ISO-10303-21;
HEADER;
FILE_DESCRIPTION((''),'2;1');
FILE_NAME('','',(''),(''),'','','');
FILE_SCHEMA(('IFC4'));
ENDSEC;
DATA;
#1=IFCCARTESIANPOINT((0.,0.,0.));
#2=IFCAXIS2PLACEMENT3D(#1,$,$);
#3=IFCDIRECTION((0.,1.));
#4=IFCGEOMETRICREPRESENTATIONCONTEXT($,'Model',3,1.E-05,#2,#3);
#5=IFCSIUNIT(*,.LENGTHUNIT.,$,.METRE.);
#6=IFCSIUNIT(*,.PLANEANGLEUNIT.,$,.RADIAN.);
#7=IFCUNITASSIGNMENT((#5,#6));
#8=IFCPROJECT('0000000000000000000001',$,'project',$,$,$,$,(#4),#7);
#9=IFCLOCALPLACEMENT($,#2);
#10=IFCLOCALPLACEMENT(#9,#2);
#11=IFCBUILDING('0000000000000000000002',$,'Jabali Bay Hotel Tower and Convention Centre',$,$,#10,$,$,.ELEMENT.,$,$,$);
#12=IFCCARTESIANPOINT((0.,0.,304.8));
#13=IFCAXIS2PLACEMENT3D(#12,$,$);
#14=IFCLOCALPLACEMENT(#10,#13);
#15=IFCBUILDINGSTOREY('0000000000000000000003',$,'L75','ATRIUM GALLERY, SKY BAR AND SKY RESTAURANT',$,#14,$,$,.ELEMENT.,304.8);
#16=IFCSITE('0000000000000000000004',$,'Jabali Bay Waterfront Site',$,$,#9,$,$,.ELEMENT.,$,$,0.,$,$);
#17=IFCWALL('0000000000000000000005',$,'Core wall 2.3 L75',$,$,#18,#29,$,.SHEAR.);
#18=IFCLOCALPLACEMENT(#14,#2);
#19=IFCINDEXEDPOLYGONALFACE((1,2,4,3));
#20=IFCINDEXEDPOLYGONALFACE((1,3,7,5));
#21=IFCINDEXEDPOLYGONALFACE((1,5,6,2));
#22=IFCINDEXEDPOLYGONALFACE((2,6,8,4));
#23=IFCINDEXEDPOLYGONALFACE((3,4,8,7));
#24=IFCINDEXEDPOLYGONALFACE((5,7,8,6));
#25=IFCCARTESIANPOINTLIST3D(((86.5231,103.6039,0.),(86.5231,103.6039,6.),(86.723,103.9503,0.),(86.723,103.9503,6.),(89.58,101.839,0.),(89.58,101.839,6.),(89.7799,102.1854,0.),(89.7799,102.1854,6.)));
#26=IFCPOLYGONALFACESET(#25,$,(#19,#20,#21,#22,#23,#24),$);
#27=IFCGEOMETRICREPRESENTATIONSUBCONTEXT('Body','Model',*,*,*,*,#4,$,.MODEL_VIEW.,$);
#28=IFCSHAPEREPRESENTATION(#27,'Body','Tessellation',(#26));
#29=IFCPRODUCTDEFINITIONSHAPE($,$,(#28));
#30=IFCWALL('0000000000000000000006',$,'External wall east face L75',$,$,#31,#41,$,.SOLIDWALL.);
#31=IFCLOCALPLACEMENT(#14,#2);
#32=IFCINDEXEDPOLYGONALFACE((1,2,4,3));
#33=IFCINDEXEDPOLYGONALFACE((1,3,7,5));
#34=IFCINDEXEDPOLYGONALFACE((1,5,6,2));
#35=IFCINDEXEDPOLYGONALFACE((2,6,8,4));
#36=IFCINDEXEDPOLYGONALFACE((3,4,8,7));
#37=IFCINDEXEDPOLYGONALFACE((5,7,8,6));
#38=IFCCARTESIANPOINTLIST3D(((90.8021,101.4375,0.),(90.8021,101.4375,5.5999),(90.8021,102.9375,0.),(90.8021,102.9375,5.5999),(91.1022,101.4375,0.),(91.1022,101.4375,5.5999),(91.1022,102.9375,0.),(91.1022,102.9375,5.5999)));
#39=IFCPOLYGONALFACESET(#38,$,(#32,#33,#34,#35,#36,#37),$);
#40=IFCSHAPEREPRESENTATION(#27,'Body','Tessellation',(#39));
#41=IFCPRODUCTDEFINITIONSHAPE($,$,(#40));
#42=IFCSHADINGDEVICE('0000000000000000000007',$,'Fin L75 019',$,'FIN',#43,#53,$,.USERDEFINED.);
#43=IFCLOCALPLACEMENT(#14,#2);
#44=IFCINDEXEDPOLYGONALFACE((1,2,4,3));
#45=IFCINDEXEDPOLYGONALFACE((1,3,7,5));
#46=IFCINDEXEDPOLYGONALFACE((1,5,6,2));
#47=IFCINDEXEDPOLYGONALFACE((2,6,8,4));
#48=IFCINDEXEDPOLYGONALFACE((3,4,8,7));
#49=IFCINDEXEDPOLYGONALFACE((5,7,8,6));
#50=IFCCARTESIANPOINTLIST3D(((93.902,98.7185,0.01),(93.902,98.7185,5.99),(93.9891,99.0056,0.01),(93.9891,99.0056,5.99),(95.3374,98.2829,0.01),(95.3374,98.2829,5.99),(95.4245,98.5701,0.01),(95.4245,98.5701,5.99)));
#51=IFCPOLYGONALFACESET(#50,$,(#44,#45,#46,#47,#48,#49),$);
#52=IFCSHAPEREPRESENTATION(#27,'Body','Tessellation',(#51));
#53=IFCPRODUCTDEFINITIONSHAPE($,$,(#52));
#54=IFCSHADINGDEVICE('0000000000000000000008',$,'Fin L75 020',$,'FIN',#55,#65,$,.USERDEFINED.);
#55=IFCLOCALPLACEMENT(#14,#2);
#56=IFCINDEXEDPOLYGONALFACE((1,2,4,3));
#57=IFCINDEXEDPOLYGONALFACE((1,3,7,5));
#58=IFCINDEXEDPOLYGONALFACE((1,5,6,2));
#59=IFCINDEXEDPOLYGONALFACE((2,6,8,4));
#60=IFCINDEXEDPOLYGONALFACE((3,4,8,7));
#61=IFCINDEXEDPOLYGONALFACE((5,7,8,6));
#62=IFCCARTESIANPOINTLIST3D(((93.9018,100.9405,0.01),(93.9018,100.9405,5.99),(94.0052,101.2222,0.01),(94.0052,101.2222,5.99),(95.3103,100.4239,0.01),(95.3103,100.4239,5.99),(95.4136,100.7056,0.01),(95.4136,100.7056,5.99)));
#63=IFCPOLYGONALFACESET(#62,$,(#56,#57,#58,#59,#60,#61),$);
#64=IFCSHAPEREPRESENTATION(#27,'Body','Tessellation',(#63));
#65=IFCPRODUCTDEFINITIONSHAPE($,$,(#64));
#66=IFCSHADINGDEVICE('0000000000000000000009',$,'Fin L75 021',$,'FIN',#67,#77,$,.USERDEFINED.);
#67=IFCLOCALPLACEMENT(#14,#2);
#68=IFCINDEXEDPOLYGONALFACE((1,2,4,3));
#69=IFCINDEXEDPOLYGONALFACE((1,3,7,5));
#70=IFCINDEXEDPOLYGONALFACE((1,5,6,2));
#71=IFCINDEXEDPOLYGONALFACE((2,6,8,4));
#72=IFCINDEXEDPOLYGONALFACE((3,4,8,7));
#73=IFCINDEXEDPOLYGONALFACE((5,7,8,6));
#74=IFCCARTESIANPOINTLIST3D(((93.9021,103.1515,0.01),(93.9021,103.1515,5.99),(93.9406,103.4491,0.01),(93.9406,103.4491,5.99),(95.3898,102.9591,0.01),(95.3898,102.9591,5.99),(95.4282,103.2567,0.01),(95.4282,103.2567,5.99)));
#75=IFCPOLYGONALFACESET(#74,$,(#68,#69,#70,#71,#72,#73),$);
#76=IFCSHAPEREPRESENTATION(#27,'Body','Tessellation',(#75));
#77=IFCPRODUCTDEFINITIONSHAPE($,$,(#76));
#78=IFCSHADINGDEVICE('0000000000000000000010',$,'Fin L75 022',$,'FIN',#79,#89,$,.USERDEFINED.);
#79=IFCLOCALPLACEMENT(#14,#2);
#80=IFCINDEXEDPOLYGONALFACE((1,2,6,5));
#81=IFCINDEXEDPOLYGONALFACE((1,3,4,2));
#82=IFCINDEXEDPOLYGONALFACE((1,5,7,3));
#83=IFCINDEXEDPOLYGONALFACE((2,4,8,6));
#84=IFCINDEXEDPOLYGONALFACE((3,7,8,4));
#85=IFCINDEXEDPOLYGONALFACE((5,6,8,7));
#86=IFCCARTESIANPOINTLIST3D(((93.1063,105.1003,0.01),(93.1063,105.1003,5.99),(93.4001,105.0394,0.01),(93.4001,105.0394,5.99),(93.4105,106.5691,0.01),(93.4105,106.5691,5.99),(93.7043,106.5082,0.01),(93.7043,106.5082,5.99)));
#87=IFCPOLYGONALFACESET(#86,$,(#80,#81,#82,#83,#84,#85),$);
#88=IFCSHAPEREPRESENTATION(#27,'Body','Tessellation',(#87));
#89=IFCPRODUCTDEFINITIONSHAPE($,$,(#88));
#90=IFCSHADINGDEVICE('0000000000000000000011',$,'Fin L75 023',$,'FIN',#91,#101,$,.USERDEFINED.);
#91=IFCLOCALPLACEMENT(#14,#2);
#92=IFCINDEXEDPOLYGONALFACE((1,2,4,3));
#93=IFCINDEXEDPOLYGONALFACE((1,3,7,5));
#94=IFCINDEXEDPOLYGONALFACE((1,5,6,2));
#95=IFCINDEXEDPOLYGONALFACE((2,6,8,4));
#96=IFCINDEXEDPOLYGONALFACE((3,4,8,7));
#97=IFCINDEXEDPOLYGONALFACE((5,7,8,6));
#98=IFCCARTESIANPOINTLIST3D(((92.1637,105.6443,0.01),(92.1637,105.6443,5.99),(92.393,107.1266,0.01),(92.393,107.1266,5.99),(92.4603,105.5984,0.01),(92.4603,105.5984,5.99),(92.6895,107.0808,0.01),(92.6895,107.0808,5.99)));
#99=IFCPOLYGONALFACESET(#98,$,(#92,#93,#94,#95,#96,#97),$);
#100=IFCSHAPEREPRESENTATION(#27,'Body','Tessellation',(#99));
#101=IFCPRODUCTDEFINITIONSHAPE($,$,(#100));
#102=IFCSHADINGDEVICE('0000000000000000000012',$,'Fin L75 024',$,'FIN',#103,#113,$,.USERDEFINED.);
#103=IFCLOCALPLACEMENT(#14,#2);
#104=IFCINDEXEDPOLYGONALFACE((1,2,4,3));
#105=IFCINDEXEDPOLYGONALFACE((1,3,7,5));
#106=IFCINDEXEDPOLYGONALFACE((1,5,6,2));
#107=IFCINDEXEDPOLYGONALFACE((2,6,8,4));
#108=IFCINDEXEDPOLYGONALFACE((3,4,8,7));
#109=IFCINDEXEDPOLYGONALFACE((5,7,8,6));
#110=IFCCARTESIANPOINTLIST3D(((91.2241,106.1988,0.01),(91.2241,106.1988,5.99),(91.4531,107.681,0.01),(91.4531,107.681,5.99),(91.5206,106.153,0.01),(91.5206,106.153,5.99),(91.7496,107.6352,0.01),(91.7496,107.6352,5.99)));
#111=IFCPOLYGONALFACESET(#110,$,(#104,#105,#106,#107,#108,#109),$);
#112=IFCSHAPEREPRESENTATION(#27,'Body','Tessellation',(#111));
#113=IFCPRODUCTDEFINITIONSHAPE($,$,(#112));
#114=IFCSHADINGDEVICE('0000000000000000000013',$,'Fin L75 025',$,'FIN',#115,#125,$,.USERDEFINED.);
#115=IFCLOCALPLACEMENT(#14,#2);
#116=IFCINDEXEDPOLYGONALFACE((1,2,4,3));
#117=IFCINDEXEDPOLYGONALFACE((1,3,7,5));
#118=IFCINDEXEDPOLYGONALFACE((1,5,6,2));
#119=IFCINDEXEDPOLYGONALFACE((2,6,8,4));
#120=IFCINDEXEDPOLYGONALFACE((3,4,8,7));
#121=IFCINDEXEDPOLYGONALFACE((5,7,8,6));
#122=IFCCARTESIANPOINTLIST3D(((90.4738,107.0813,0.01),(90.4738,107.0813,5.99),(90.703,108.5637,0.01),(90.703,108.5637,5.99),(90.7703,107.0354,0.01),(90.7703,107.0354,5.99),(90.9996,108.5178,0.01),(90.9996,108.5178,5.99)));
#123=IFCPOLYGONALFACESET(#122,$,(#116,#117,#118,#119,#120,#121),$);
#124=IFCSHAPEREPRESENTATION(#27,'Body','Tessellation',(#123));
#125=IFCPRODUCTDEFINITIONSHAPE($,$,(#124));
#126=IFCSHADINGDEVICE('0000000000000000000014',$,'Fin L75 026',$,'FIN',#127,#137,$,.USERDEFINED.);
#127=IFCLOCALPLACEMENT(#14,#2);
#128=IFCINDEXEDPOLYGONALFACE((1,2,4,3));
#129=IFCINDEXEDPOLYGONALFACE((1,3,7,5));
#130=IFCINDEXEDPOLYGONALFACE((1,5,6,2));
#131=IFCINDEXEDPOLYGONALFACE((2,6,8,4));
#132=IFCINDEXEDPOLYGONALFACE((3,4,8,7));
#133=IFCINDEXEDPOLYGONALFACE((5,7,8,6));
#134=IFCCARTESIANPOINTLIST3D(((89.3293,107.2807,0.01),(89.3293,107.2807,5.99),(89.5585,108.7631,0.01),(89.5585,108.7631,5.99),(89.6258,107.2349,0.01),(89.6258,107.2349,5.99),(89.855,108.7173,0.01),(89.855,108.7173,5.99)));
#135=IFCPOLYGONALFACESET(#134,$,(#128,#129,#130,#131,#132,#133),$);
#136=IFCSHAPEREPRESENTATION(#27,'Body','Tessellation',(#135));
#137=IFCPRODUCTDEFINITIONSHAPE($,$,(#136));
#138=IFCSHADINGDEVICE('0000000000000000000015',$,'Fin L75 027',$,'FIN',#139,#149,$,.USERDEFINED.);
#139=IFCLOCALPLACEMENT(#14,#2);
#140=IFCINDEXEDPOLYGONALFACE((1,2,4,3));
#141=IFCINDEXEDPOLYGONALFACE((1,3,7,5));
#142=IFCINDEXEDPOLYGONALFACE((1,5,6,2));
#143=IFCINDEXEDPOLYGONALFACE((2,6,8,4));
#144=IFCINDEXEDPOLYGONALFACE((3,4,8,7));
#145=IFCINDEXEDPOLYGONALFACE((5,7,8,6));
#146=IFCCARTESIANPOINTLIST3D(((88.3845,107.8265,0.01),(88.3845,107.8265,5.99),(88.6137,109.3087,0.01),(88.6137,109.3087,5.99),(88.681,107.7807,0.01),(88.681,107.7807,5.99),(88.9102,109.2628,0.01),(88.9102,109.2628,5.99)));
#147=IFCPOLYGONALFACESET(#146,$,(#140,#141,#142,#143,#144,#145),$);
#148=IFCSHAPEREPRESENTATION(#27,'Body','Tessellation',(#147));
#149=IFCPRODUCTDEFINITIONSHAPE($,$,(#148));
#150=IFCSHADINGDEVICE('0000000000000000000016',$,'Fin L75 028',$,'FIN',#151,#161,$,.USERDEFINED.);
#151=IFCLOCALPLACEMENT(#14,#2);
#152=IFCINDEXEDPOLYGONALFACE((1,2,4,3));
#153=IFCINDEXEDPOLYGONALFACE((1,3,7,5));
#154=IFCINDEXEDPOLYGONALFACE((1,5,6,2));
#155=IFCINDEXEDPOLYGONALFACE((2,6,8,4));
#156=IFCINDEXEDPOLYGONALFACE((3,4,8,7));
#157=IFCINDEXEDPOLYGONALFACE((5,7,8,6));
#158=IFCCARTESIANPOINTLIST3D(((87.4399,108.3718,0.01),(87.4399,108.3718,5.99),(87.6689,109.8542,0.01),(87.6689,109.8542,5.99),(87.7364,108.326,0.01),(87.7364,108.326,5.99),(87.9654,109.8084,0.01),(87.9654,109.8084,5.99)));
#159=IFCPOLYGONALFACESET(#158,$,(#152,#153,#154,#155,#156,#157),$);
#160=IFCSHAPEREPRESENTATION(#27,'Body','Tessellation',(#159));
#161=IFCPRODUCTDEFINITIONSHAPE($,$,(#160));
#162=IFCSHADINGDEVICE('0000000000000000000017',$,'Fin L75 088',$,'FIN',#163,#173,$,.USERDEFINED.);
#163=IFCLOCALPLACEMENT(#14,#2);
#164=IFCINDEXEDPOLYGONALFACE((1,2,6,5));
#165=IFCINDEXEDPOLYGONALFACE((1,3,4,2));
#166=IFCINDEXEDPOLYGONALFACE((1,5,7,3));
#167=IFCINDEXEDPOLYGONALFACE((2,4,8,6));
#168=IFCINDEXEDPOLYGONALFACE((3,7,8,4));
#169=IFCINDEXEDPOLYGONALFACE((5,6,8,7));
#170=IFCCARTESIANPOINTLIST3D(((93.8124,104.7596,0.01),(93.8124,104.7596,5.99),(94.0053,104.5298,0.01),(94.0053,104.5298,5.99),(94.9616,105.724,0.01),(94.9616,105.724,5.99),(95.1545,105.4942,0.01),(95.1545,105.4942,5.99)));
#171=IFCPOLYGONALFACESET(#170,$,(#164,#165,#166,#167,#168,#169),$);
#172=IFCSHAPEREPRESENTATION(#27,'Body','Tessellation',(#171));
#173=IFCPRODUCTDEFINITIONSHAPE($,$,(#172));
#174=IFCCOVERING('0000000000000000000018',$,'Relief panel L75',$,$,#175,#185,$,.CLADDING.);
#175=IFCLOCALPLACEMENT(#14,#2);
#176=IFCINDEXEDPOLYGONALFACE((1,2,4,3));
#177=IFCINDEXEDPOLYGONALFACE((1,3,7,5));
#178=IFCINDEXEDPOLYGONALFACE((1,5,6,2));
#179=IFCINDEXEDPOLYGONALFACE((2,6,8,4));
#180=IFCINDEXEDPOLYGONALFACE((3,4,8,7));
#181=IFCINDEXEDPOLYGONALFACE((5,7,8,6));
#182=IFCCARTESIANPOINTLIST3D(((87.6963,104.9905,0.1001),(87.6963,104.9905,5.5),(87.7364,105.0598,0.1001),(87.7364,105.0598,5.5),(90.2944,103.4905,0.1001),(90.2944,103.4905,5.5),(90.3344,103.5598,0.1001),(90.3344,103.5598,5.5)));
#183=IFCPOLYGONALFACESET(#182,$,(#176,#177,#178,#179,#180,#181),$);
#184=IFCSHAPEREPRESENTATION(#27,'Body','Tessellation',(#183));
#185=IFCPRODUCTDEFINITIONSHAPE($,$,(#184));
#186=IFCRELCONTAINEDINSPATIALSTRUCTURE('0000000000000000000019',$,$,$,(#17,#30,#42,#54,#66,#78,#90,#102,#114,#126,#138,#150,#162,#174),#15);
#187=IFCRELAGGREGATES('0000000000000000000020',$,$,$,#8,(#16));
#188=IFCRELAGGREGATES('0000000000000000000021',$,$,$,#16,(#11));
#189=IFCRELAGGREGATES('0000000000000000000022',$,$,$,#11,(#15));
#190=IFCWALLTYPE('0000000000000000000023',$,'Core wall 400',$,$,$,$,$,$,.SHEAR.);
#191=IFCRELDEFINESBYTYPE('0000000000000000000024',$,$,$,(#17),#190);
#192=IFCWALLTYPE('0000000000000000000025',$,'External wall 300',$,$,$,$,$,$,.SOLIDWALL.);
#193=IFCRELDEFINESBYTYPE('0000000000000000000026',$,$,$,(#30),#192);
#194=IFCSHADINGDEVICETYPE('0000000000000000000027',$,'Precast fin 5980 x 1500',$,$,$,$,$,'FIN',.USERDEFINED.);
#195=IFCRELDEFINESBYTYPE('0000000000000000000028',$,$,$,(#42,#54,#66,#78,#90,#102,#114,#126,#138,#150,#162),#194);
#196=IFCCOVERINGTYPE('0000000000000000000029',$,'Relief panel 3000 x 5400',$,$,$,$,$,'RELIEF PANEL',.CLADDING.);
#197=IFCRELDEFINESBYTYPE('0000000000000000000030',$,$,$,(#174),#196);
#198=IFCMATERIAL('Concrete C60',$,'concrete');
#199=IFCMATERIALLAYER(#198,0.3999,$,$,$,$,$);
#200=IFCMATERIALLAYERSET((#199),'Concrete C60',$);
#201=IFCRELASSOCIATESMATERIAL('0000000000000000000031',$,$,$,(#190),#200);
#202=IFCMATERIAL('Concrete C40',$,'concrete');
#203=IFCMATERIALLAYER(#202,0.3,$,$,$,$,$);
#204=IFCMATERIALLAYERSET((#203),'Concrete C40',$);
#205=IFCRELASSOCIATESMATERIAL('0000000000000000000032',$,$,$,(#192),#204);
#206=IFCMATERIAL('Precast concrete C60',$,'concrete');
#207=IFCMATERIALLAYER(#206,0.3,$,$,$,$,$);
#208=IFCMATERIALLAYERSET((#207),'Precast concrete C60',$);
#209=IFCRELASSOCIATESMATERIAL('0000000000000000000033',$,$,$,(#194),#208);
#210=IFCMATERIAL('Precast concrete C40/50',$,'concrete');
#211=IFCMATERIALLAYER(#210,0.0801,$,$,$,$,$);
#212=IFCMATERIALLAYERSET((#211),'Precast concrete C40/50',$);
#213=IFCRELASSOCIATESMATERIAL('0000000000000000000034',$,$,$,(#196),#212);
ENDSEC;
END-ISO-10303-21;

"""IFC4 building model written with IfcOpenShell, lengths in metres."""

from ifc_helpers import new_model, si_unit, direction, frame, frame_2d, origin, origin_2d, place, context, subcontext, project, spatial, rectangle, extrude, material, layer, layer_set, type_object, element, save


model = new_model("IFC4")

# Units and contexts
model_context = context("Model", 3, precision=1e-05, world=origin(), true_north=direction((0.0, 1.0)))
body_context = subcontext(model_context, "Body", "Model", "MODEL_VIEW")
ifc_project = project(units=[si_unit("LENGTHUNIT", "METRE"), si_unit("PLANEANGLEUNIT", "RADIAN")], contexts=[model_context])

# Site, building, storey
site_placement = place(None, origin())
site = spatial("IfcSite", under=ifc_project, at=site_placement, Name="Jabali Bay Waterfront Site", CompositionType="ELEMENT", RefElevation=0.0)
building_placement = place(site_placement, origin())
building = spatial("IfcBuilding", under=site, at=building_placement, Name="Jabali Bay Hotel Tower and Convention Centre", CompositionType="ELEMENT")
storey_placement = place(building_placement, frame((0.0, 0.0, 304.8)))
storey = spatial("IfcBuildingStorey", under=building, at=storey_placement, Name="L75", Description="ATRIUM GALLERY, SKY BAR AND SKY RESTAURANT", CompositionType="ELEMENT", Elevation=304.8)

# Shared definitions
ifc_material_1 = material(Name="Concrete C60", Category="concrete")

# Walls
ifc_material_2 = material(Name="Concrete C40", Category="concrete")
ifc_layer_1 = layer(ifc_material_1, 0.3999)
ifc_layer_set_1 = layer_set([ifc_layer_1], Name="Concrete C60")
wall_type_1 = type_object("IfcWallType", Name="Core wall 400", PredefinedType="SHEAR", material=ifc_layer_set_1)
wall_1_placement = place(storey_placement, frame((89.6799, 102.0122, 0.0), z_axis=(0.0, 0.0, 1.0), x_axis=(-0.866025, 0.5, 0.0)))
element("IfcWall", 1, at=wall_1_placement, inside=storey, type_object=wall_type_1, Name="Core wall 2.3 L75", PredefinedType="SHEAR", context=body_context, shape_type="SweptSolid", body=[
    extrude(rectangle(XDim=3.5298, YDim=0.3999, at=frame_2d((1.7649, 0.0))), origin(), (0.0, 0.0, 1.0), 6.0),
])
ifc_layer_2 = layer(ifc_material_2, 0.3)
ifc_layer_set_2 = layer_set([ifc_layer_2], Name="Concrete C40")
wall_type_2 = type_object("IfcWallType", Name="External wall 300", PredefinedType="SOLIDWALL", material=ifc_layer_set_2)
wall_2_placement = place(storey_placement, frame((90.9521, 102.9375, 0.0), z_axis=(0.0, 0.0, 1.0), x_axis=(0.0, -1.0, 0.0)))
element("IfcWall", 2, at=wall_2_placement, inside=storey, type_object=wall_type_2, Name="External wall east face L75", PredefinedType="SOLIDWALL", context=body_context, shape_type="SweptSolid", body=[
    extrude(rectangle(XDim=1.5, YDim=0.3, at=frame_2d((0.75, 0.0))), origin(), (0.0, 0.0, 1.0), 5.5999),
])

# Shading devices
ifc_material_3 = material(Name="Precast concrete C60", Category="concrete")
ifc_layer_3 = layer(ifc_material_3, 0.3)
ifc_layer_set_3 = layer_set([ifc_layer_3], Name="Precast concrete C60")
shading_device_type = type_object("IfcShadingDeviceType", Name="Precast fin 5980 x 1500", ElementType="FIN", PredefinedType="USERDEFINED", material=ifc_layer_set_3)
shading_device_1_placement = place(storey_placement, frame((93.9456, 98.8621, 0.01), z_axis=(0.0, 0.0, 1.0), x_axis=(0.956912, -0.290378, 0.0)))
element("IfcShadingDevice", 3, at=shading_device_1_placement, inside=storey, type_object=shading_device_type, Name="Fin L75 019", ObjectType="FIN", PredefinedType="USERDEFINED", context=body_context, shape_type="SweptSolid", body=[
    extrude(rectangle(XDim=1.5, YDim=0.3, at=frame_2d((0.75, 0.0))), origin(), (0.0, 0.0, 1.0), 5.98),
])
shading_device_2_placement = place(storey_placement, frame((93.9536, 101.0813, 0.01), z_axis=(0.0, 0.0, 1.0), x_axis=(0.938839, -0.344355, 0.0)))
element("IfcShadingDevice", 4, at=shading_device_2_placement, inside=storey, type_object=shading_device_type, Name="Fin L75 020", ObjectType="FIN", PredefinedType="USERDEFINED", context=body_context, shape_type="SweptSolid", body=[
    extrude(rectangle(XDim=1.5002, YDim=0.3, at=frame_2d((0.75, 0.0))), origin(), (0.0, 0.0, 1.0), 5.98),
])
for number, where, z_axis, x_axis, name in (
    (5, (93.9214, 103.3003, 0.01), (0.0, 0.0, 1.0), (0.991741, -0.128261, 0.0), "Fin L75 021"),
    (6, (93.2532, 105.0698, 0.01), (0.0, 0.0, 1.0), (0.20281, 0.979218, 0.0), "Fin L75 022"),
    (7, (92.312, 105.6213, 0.01), (0.0, 0.0, 1.0), (0.152828, 0.988253, 0.0), "Fin L75 023"),
):
    element("IfcShadingDevice", number, at=place(storey_placement, frame(where, z_axis=z_axis, x_axis=x_axis)), inside=storey, type_object=shading_device_type, Name=name, ObjectType="FIN", PredefinedType="USERDEFINED", context=body_context, shape_type="SweptSolid", body=[
        extrude(rectangle(XDim=1.5, YDim=0.3, at=frame_2d((0.75, 0.0))), origin(), (0.0, 0.0, 1.0), 5.98),
    ])
shading_device_3_placement = place(storey_placement, frame((91.3723, 106.1758, 0.01), z_axis=(0.0, 0.0, 1.0), x_axis=(0.152693, 0.988274, 0.0)))
element("IfcShadingDevice", 8, at=shading_device_3_placement, inside=storey, type_object=shading_device_type, Name="Fin L75 024", ObjectType="FIN", PredefinedType="USERDEFINED", context=body_context, shape_type="SweptSolid", body=[
    extrude(rectangle(XDim=1.4998, YDim=0.3, at=frame_2d((0.75, 0.0))), origin(), (0.0, 0.0, 1.0), 5.98),
])
for number, where, z_axis, x_axis, name in (
    (9, (90.6221, 107.0583, 0.01), (0.0, 0.0, 1.0), (0.152828, 0.988253, 0.0), "Fin L75 025"),
    (10, (89.4775, 107.2578, 0.01), (0.0, 0.0, 1.0), (0.152828, 0.988253, 0.0), "Fin L75 026"),
):
    element("IfcShadingDevice", number, at=place(storey_placement, frame(where, z_axis=z_axis, x_axis=x_axis)), inside=storey, type_object=shading_device_type, Name=name, ObjectType="FIN", PredefinedType="USERDEFINED", context=body_context, shape_type="SweptSolid", body=[
        extrude(rectangle(XDim=1.5, YDim=0.3, at=frame_2d((0.75, 0.0))), origin(), (0.0, 0.0, 1.0), 5.98),
    ])
shading_device_4_placement = place(storey_placement, frame((88.5327, 107.8035, 0.01), z_axis=(0.0, 0.0, 1.0), x_axis=(0.152852, 0.988249, 0.0)))
element("IfcShadingDevice", 11, at=shading_device_4_placement, inside=storey, type_object=shading_device_type, Name="Fin L75 027", ObjectType="FIN", PredefinedType="USERDEFINED", context=body_context, shape_type="SweptSolid", body=[
    extrude(rectangle(XDim=1.4998, YDim=0.3, at=frame_2d((0.75, 0.0))), origin(), (0.0, 0.0, 1.0), 5.98),
])
shading_device_5_placement = place(storey_placement, frame((87.5881, 108.3489, 0.01), z_axis=(0.0, 0.0, 1.0), x_axis=(0.152669, 0.988277, 0.0)))
element("IfcShadingDevice", 12, at=shading_device_5_placement, inside=storey, type_object=shading_device_type, Name="Fin L75 028", ObjectType="FIN", PredefinedType="USERDEFINED", context=body_context, shape_type="SweptSolid", body=[
    extrude(rectangle(XDim=1.5, YDim=0.3, at=frame_2d((0.75, 0.0))), origin(), (0.0, 0.0, 1.0), 5.98),
])
shading_device_6_placement = place(storey_placement, frame((93.9089, 104.6448, 0.01), z_axis=(0.0, 0.0, 1.0), x_axis=(0.766016, 0.642822, 0.0)))
element("IfcShadingDevice", 13, at=shading_device_6_placement, inside=storey, type_object=shading_device_type, Name="Fin L75 088", ObjectType="FIN", PredefinedType="USERDEFINED", context=body_context, shape_type="SweptSolid", body=[
    extrude(rectangle(XDim=1.5002, YDim=0.3, at=frame_2d((0.75, 0.0))), origin(), (0.0, 0.0, 1.0), 5.98),
])

# Covering
ifc_material_4 = material(Name="Precast concrete C40/50", Category="concrete")
ifc_layer_4 = layer(ifc_material_4, 0.0801)
ifc_layer_set_4 = layer_set([ifc_layer_4], Name="Precast concrete C40/50")
covering_type = type_object("IfcCoveringType", Name="Relief panel 3000 x 5400", ElementType="RELIEF PANEL", PredefinedType="CLADDING", material=ifc_layer_set_4)
covering_placement = place(storey_placement, frame((89.0154, 104.2751, 0.1001), z_axis=(0.0, 0.0, 1.0), x_axis=(0.866025, -0.5, 0.0)))
element("IfcCovering", 14, at=covering_placement, inside=storey, type_object=covering_type, Name="Relief panel L75", PredefinedType="CLADDING", context=body_context, shape_type="SweptSolid", body=[
    extrude(rectangle(XDim=3.0, YDim=0.0801, at=origin_2d()), origin(), (0.0, 0.0, 1.0), 5.3999),
])

save(model, "model.ifc")
